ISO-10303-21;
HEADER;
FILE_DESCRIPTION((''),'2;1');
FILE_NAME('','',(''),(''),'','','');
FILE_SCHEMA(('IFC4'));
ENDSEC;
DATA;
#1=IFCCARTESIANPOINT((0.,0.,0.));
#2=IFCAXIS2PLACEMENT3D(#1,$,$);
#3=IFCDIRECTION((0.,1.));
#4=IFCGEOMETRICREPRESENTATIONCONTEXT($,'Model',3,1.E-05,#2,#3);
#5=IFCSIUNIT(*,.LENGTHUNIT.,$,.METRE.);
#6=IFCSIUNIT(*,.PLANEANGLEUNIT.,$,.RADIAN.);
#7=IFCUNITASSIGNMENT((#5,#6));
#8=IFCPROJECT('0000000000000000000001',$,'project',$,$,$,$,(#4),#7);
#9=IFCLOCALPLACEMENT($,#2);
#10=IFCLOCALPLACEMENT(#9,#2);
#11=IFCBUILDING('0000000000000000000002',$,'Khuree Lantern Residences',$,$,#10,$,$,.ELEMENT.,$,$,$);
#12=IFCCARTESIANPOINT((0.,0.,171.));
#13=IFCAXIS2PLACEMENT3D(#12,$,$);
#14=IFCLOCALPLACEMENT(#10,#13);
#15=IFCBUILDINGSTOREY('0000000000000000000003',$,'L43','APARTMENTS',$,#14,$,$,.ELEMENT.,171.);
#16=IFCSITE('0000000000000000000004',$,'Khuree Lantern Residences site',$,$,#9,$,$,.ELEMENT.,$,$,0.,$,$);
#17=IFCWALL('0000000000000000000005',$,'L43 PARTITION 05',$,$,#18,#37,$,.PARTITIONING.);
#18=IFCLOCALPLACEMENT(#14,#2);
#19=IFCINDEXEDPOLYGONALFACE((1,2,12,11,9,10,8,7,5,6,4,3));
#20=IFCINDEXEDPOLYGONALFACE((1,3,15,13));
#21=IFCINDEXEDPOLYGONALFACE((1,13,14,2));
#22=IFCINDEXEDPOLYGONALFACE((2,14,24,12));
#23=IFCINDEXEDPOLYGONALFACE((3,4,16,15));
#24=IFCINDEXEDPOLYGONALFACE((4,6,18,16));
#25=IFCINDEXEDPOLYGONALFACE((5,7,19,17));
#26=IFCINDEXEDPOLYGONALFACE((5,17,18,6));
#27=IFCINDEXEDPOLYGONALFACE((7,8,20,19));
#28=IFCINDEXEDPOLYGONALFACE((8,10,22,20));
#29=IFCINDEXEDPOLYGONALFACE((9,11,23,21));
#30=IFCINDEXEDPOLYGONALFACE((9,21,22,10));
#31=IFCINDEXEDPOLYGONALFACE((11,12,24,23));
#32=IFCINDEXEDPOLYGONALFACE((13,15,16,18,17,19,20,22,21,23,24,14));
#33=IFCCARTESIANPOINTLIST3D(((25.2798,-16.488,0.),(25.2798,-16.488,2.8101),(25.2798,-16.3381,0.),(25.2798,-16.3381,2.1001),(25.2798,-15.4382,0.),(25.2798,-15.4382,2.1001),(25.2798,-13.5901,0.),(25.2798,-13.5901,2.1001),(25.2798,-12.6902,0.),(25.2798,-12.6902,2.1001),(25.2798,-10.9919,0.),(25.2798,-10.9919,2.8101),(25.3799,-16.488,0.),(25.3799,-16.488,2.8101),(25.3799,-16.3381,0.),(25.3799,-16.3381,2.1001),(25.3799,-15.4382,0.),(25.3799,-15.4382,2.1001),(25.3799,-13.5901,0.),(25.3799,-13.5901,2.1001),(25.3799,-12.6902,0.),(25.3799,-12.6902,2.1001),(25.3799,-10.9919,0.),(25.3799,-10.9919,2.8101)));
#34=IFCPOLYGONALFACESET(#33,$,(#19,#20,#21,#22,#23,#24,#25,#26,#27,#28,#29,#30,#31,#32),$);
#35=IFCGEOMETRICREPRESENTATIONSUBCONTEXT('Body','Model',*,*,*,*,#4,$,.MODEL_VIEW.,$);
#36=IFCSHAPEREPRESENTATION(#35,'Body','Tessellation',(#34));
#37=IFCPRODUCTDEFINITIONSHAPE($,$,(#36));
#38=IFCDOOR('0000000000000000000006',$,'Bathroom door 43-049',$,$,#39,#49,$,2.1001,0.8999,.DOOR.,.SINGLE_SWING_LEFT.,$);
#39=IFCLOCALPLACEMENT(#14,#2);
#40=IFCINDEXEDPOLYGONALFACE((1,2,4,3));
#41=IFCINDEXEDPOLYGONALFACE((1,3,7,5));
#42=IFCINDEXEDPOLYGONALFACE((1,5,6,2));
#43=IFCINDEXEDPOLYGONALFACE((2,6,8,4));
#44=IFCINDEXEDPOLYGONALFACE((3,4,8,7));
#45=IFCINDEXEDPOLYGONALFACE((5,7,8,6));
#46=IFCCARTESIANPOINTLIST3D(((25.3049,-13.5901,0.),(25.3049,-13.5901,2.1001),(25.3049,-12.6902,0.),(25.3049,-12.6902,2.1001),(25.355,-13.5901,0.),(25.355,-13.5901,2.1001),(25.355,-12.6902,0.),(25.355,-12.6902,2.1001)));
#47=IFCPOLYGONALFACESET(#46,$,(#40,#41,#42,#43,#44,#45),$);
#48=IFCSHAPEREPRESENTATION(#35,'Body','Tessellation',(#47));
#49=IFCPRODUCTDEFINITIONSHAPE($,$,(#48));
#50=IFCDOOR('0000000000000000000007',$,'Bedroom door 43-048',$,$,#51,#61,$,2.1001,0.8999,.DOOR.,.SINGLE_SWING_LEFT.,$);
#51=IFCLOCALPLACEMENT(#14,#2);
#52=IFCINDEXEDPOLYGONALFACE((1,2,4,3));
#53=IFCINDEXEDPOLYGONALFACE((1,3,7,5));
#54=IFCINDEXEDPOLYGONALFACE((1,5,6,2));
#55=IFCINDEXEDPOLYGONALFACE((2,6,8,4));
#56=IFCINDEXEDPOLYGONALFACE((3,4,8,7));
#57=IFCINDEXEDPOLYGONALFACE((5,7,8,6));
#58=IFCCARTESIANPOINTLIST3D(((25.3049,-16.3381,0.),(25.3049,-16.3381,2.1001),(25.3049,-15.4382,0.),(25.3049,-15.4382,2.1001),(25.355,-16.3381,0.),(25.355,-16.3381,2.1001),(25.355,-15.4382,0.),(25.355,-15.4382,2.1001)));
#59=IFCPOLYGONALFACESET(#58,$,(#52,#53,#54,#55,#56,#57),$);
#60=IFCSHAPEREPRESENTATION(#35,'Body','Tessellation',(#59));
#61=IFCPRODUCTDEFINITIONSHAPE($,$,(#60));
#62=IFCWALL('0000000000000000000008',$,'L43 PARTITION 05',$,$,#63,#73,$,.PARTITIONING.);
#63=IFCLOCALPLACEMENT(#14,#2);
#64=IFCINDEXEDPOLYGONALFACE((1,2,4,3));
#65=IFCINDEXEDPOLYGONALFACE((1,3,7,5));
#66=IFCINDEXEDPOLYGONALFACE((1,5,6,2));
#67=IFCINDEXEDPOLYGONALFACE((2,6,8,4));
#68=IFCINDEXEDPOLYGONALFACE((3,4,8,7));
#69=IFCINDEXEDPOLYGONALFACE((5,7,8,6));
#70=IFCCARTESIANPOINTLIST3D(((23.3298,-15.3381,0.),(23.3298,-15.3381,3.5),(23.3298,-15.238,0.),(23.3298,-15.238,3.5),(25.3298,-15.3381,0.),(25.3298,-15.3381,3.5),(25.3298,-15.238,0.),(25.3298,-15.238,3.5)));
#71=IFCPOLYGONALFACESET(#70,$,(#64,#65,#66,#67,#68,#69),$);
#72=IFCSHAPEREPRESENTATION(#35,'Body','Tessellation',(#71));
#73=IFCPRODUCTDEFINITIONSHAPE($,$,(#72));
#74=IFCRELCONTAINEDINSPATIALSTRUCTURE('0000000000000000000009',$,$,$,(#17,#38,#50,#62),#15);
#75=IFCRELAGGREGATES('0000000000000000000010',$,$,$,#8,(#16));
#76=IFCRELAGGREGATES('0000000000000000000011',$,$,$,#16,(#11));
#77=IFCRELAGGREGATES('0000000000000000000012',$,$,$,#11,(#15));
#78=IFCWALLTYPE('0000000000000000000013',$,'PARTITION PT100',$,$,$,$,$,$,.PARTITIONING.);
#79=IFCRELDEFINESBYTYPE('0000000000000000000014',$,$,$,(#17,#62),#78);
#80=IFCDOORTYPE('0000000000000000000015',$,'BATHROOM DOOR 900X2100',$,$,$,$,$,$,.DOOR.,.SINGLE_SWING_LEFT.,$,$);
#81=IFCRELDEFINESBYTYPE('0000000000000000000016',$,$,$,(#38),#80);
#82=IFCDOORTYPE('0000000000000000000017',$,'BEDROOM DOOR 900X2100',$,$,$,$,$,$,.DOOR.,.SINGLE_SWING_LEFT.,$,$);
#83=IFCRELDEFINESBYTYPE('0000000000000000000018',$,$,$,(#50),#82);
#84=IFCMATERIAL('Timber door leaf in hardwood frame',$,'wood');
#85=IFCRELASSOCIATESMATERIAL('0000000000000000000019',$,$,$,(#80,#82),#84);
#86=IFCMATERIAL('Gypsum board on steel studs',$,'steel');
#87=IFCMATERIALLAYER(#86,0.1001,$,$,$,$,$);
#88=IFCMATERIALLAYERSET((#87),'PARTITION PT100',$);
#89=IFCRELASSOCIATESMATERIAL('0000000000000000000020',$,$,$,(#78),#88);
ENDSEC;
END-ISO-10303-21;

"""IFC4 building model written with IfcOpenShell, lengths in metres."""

from ifc_helpers import new_model, si_unit, direction, frame, frame_2d, origin, place, context, subcontext, project, spatial, rectangle, extrude, material, layer, layer_set, type_object, element, fill, save


model = new_model("IFC4")

# Units and contexts
model_context = context("Model", 3, precision=1e-05, world=origin(), true_north=direction((0.0, 1.0)))
body_context = subcontext(model_context, "Body", "Model", "MODEL_VIEW")
ifc_project = project(units=[si_unit("LENGTHUNIT", "METRE"), si_unit("PLANEANGLEUNIT", "RADIAN")], contexts=[model_context])

# Site, building, storey
site_placement = place(None, origin())
site = spatial("IfcSite", under=ifc_project, at=site_placement, Name="Khuree Lantern Residences site", CompositionType="ELEMENT", RefElevation=0.0)
building_placement = place(site_placement, origin())
building = spatial("IfcBuilding", under=site, at=building_placement, Name="Khuree Lantern Residences", CompositionType="ELEMENT")
storey_placement = place(building_placement, frame((0.0, 0.0, 171.0)))
storey = spatial("IfcBuildingStorey", under=building, at=storey_placement, Name="L43", Description="APARTMENTS", CompositionType="ELEMENT", Elevation=171.0)

# Shared definitions
ifc_material_1 = material(Name="Timber door leaf in hardwood frame", Category="wood")
door_type_1 = type_object("IfcDoorType", Name="BATHROOM DOOR 900X2100", OperationType="SINGLE_SWING_LEFT", PredefinedType="DOOR", material=ifc_material_1)

# Shared definitions
ifc_material_2 = material(Name="Gypsum board on steel studs", Category="steel")

# Shared definitions
ifc_layer_1 = layer(ifc_material_2, 0.1001)
ifc_layer_set_1 = layer_set([ifc_layer_1], Name="PARTITION PT100")
wall_type_1 = type_object("IfcWallType", Name="PARTITION PT100", PredefinedType="PARTITIONING", material=ifc_layer_set_1)

# Shared definitions
door_type_2 = type_object("IfcDoorType", Name="BEDROOM DOOR 900X2100", OperationType="SINGLE_SWING_LEFT", PredefinedType="DOOR", material=ifc_material_1)

# Wall, openings, doors
wall_1_placement = place(storey_placement, frame((25.3298, -16.488, 0.0), z_axis=(0.0, 0.0, 1.0), x_axis=(0.0, 1.0, 0.0)))
wall_1 = element("IfcWall", 1, at=wall_1_placement, inside=storey, type_object=wall_type_1, Name="L43 PARTITION 05", PredefinedType="PARTITIONING", context=body_context, shape_type="SweptSolid", body=[
    extrude(rectangle(XDim=5.4961, YDim=0.1001, at=frame_2d((2.748, 0.0))), origin(), (0.0, 0.0, 1.0), 2.8101),
])
opening_1_placement = place(wall_1_placement, frame((0.1499, 0.0, 0.0)))
opening_1 = element("IfcOpeningElement", 2, at=opening_1_placement, cuts=wall_1, PredefinedType="OPENING", context=body_context, shape_type="SweptSolid", body=[
    extrude(rectangle(XDim=0.8999, YDim=2.1001, at=frame_2d((0.45, 1.05))), frame((0.0, 0.0601, 0.0), z_axis=(0.0, -1.0, 0.0), x_axis=(1.0, 0.0, 0.0)), (0.0, 0.0, 1.0), 0.1201),
])
opening_2_placement = place(wall_1_placement, frame((2.8979, 0.0, 0.0)))
opening_2 = element("IfcOpeningElement", 3, at=opening_2_placement, cuts=wall_1, PredefinedType="OPENING", context=body_context, shape_type="SweptSolid", body=[
    extrude(rectangle(XDim=0.8999, YDim=2.1001, at=frame_2d((0.45, 1.05))), frame((0.0, 0.0601, 0.0), z_axis=(0.0, -1.0, 0.0), x_axis=(1.0, 0.0, 0.0)), (0.0, 0.0, 1.0), 0.1201),
])
door_1_placement = place(opening_2_placement, origin())
door_1 = element("IfcDoor", 4, at=door_1_placement, inside=storey, type_object=door_type_1, Name="Bathroom door 43-049", OperationType="SINGLE_SWING_LEFT", OverallHeight=2.1001, OverallWidth=0.8999, PredefinedType="DOOR", context=body_context, shape_type="SweptSolid", body=[
    extrude(rectangle(XDim=0.8999, YDim=2.1001, at=frame_2d((0.45, 1.05))), frame((0.0, 0.0249, 0.0), z_axis=(0.0, -1.0, 0.0), x_axis=(1.0, 0.0, 0.0)), (0.0, 0.0, 1.0), 0.05),
])
fill(opening_2, door_1)
door_2_placement = place(opening_1_placement, origin())
door_2 = element("IfcDoor", 5, at=door_2_placement, inside=storey, type_object=door_type_2, Name="Bedroom door 43-048", OperationType="SINGLE_SWING_LEFT", OverallHeight=2.1001, OverallWidth=0.8999, PredefinedType="DOOR", context=body_context, shape_type="SweptSolid", body=[
    extrude(rectangle(XDim=0.8999, YDim=2.1001, at=frame_2d((0.45, 1.05))), frame((0.0, 0.0249, 0.0), z_axis=(0.0, -1.0, 0.0), x_axis=(1.0, 0.0, 0.0)), (0.0, 0.0, 1.0), 0.05),
])
fill(opening_1, door_2)

# Wall
wall_2_placement = place(storey_placement, frame((23.3298, -15.2881, 0.0), z_axis=(0.0, 0.0, 1.0), x_axis=(1.0, 0.0, 0.0)))
element("IfcWall", 6, at=wall_2_placement, inside=storey, type_object=wall_type_1, Name="L43 PARTITION 05", PredefinedType="PARTITIONING", context=body_context, shape_type="SweptSolid", body=[
    extrude(rectangle(XDim=2.0, YDim=0.1001, at=frame_2d((1.0, 0.0))), origin(), (0.0, 0.0, 1.0), 3.5),
])

save(model, "model.ifc")
